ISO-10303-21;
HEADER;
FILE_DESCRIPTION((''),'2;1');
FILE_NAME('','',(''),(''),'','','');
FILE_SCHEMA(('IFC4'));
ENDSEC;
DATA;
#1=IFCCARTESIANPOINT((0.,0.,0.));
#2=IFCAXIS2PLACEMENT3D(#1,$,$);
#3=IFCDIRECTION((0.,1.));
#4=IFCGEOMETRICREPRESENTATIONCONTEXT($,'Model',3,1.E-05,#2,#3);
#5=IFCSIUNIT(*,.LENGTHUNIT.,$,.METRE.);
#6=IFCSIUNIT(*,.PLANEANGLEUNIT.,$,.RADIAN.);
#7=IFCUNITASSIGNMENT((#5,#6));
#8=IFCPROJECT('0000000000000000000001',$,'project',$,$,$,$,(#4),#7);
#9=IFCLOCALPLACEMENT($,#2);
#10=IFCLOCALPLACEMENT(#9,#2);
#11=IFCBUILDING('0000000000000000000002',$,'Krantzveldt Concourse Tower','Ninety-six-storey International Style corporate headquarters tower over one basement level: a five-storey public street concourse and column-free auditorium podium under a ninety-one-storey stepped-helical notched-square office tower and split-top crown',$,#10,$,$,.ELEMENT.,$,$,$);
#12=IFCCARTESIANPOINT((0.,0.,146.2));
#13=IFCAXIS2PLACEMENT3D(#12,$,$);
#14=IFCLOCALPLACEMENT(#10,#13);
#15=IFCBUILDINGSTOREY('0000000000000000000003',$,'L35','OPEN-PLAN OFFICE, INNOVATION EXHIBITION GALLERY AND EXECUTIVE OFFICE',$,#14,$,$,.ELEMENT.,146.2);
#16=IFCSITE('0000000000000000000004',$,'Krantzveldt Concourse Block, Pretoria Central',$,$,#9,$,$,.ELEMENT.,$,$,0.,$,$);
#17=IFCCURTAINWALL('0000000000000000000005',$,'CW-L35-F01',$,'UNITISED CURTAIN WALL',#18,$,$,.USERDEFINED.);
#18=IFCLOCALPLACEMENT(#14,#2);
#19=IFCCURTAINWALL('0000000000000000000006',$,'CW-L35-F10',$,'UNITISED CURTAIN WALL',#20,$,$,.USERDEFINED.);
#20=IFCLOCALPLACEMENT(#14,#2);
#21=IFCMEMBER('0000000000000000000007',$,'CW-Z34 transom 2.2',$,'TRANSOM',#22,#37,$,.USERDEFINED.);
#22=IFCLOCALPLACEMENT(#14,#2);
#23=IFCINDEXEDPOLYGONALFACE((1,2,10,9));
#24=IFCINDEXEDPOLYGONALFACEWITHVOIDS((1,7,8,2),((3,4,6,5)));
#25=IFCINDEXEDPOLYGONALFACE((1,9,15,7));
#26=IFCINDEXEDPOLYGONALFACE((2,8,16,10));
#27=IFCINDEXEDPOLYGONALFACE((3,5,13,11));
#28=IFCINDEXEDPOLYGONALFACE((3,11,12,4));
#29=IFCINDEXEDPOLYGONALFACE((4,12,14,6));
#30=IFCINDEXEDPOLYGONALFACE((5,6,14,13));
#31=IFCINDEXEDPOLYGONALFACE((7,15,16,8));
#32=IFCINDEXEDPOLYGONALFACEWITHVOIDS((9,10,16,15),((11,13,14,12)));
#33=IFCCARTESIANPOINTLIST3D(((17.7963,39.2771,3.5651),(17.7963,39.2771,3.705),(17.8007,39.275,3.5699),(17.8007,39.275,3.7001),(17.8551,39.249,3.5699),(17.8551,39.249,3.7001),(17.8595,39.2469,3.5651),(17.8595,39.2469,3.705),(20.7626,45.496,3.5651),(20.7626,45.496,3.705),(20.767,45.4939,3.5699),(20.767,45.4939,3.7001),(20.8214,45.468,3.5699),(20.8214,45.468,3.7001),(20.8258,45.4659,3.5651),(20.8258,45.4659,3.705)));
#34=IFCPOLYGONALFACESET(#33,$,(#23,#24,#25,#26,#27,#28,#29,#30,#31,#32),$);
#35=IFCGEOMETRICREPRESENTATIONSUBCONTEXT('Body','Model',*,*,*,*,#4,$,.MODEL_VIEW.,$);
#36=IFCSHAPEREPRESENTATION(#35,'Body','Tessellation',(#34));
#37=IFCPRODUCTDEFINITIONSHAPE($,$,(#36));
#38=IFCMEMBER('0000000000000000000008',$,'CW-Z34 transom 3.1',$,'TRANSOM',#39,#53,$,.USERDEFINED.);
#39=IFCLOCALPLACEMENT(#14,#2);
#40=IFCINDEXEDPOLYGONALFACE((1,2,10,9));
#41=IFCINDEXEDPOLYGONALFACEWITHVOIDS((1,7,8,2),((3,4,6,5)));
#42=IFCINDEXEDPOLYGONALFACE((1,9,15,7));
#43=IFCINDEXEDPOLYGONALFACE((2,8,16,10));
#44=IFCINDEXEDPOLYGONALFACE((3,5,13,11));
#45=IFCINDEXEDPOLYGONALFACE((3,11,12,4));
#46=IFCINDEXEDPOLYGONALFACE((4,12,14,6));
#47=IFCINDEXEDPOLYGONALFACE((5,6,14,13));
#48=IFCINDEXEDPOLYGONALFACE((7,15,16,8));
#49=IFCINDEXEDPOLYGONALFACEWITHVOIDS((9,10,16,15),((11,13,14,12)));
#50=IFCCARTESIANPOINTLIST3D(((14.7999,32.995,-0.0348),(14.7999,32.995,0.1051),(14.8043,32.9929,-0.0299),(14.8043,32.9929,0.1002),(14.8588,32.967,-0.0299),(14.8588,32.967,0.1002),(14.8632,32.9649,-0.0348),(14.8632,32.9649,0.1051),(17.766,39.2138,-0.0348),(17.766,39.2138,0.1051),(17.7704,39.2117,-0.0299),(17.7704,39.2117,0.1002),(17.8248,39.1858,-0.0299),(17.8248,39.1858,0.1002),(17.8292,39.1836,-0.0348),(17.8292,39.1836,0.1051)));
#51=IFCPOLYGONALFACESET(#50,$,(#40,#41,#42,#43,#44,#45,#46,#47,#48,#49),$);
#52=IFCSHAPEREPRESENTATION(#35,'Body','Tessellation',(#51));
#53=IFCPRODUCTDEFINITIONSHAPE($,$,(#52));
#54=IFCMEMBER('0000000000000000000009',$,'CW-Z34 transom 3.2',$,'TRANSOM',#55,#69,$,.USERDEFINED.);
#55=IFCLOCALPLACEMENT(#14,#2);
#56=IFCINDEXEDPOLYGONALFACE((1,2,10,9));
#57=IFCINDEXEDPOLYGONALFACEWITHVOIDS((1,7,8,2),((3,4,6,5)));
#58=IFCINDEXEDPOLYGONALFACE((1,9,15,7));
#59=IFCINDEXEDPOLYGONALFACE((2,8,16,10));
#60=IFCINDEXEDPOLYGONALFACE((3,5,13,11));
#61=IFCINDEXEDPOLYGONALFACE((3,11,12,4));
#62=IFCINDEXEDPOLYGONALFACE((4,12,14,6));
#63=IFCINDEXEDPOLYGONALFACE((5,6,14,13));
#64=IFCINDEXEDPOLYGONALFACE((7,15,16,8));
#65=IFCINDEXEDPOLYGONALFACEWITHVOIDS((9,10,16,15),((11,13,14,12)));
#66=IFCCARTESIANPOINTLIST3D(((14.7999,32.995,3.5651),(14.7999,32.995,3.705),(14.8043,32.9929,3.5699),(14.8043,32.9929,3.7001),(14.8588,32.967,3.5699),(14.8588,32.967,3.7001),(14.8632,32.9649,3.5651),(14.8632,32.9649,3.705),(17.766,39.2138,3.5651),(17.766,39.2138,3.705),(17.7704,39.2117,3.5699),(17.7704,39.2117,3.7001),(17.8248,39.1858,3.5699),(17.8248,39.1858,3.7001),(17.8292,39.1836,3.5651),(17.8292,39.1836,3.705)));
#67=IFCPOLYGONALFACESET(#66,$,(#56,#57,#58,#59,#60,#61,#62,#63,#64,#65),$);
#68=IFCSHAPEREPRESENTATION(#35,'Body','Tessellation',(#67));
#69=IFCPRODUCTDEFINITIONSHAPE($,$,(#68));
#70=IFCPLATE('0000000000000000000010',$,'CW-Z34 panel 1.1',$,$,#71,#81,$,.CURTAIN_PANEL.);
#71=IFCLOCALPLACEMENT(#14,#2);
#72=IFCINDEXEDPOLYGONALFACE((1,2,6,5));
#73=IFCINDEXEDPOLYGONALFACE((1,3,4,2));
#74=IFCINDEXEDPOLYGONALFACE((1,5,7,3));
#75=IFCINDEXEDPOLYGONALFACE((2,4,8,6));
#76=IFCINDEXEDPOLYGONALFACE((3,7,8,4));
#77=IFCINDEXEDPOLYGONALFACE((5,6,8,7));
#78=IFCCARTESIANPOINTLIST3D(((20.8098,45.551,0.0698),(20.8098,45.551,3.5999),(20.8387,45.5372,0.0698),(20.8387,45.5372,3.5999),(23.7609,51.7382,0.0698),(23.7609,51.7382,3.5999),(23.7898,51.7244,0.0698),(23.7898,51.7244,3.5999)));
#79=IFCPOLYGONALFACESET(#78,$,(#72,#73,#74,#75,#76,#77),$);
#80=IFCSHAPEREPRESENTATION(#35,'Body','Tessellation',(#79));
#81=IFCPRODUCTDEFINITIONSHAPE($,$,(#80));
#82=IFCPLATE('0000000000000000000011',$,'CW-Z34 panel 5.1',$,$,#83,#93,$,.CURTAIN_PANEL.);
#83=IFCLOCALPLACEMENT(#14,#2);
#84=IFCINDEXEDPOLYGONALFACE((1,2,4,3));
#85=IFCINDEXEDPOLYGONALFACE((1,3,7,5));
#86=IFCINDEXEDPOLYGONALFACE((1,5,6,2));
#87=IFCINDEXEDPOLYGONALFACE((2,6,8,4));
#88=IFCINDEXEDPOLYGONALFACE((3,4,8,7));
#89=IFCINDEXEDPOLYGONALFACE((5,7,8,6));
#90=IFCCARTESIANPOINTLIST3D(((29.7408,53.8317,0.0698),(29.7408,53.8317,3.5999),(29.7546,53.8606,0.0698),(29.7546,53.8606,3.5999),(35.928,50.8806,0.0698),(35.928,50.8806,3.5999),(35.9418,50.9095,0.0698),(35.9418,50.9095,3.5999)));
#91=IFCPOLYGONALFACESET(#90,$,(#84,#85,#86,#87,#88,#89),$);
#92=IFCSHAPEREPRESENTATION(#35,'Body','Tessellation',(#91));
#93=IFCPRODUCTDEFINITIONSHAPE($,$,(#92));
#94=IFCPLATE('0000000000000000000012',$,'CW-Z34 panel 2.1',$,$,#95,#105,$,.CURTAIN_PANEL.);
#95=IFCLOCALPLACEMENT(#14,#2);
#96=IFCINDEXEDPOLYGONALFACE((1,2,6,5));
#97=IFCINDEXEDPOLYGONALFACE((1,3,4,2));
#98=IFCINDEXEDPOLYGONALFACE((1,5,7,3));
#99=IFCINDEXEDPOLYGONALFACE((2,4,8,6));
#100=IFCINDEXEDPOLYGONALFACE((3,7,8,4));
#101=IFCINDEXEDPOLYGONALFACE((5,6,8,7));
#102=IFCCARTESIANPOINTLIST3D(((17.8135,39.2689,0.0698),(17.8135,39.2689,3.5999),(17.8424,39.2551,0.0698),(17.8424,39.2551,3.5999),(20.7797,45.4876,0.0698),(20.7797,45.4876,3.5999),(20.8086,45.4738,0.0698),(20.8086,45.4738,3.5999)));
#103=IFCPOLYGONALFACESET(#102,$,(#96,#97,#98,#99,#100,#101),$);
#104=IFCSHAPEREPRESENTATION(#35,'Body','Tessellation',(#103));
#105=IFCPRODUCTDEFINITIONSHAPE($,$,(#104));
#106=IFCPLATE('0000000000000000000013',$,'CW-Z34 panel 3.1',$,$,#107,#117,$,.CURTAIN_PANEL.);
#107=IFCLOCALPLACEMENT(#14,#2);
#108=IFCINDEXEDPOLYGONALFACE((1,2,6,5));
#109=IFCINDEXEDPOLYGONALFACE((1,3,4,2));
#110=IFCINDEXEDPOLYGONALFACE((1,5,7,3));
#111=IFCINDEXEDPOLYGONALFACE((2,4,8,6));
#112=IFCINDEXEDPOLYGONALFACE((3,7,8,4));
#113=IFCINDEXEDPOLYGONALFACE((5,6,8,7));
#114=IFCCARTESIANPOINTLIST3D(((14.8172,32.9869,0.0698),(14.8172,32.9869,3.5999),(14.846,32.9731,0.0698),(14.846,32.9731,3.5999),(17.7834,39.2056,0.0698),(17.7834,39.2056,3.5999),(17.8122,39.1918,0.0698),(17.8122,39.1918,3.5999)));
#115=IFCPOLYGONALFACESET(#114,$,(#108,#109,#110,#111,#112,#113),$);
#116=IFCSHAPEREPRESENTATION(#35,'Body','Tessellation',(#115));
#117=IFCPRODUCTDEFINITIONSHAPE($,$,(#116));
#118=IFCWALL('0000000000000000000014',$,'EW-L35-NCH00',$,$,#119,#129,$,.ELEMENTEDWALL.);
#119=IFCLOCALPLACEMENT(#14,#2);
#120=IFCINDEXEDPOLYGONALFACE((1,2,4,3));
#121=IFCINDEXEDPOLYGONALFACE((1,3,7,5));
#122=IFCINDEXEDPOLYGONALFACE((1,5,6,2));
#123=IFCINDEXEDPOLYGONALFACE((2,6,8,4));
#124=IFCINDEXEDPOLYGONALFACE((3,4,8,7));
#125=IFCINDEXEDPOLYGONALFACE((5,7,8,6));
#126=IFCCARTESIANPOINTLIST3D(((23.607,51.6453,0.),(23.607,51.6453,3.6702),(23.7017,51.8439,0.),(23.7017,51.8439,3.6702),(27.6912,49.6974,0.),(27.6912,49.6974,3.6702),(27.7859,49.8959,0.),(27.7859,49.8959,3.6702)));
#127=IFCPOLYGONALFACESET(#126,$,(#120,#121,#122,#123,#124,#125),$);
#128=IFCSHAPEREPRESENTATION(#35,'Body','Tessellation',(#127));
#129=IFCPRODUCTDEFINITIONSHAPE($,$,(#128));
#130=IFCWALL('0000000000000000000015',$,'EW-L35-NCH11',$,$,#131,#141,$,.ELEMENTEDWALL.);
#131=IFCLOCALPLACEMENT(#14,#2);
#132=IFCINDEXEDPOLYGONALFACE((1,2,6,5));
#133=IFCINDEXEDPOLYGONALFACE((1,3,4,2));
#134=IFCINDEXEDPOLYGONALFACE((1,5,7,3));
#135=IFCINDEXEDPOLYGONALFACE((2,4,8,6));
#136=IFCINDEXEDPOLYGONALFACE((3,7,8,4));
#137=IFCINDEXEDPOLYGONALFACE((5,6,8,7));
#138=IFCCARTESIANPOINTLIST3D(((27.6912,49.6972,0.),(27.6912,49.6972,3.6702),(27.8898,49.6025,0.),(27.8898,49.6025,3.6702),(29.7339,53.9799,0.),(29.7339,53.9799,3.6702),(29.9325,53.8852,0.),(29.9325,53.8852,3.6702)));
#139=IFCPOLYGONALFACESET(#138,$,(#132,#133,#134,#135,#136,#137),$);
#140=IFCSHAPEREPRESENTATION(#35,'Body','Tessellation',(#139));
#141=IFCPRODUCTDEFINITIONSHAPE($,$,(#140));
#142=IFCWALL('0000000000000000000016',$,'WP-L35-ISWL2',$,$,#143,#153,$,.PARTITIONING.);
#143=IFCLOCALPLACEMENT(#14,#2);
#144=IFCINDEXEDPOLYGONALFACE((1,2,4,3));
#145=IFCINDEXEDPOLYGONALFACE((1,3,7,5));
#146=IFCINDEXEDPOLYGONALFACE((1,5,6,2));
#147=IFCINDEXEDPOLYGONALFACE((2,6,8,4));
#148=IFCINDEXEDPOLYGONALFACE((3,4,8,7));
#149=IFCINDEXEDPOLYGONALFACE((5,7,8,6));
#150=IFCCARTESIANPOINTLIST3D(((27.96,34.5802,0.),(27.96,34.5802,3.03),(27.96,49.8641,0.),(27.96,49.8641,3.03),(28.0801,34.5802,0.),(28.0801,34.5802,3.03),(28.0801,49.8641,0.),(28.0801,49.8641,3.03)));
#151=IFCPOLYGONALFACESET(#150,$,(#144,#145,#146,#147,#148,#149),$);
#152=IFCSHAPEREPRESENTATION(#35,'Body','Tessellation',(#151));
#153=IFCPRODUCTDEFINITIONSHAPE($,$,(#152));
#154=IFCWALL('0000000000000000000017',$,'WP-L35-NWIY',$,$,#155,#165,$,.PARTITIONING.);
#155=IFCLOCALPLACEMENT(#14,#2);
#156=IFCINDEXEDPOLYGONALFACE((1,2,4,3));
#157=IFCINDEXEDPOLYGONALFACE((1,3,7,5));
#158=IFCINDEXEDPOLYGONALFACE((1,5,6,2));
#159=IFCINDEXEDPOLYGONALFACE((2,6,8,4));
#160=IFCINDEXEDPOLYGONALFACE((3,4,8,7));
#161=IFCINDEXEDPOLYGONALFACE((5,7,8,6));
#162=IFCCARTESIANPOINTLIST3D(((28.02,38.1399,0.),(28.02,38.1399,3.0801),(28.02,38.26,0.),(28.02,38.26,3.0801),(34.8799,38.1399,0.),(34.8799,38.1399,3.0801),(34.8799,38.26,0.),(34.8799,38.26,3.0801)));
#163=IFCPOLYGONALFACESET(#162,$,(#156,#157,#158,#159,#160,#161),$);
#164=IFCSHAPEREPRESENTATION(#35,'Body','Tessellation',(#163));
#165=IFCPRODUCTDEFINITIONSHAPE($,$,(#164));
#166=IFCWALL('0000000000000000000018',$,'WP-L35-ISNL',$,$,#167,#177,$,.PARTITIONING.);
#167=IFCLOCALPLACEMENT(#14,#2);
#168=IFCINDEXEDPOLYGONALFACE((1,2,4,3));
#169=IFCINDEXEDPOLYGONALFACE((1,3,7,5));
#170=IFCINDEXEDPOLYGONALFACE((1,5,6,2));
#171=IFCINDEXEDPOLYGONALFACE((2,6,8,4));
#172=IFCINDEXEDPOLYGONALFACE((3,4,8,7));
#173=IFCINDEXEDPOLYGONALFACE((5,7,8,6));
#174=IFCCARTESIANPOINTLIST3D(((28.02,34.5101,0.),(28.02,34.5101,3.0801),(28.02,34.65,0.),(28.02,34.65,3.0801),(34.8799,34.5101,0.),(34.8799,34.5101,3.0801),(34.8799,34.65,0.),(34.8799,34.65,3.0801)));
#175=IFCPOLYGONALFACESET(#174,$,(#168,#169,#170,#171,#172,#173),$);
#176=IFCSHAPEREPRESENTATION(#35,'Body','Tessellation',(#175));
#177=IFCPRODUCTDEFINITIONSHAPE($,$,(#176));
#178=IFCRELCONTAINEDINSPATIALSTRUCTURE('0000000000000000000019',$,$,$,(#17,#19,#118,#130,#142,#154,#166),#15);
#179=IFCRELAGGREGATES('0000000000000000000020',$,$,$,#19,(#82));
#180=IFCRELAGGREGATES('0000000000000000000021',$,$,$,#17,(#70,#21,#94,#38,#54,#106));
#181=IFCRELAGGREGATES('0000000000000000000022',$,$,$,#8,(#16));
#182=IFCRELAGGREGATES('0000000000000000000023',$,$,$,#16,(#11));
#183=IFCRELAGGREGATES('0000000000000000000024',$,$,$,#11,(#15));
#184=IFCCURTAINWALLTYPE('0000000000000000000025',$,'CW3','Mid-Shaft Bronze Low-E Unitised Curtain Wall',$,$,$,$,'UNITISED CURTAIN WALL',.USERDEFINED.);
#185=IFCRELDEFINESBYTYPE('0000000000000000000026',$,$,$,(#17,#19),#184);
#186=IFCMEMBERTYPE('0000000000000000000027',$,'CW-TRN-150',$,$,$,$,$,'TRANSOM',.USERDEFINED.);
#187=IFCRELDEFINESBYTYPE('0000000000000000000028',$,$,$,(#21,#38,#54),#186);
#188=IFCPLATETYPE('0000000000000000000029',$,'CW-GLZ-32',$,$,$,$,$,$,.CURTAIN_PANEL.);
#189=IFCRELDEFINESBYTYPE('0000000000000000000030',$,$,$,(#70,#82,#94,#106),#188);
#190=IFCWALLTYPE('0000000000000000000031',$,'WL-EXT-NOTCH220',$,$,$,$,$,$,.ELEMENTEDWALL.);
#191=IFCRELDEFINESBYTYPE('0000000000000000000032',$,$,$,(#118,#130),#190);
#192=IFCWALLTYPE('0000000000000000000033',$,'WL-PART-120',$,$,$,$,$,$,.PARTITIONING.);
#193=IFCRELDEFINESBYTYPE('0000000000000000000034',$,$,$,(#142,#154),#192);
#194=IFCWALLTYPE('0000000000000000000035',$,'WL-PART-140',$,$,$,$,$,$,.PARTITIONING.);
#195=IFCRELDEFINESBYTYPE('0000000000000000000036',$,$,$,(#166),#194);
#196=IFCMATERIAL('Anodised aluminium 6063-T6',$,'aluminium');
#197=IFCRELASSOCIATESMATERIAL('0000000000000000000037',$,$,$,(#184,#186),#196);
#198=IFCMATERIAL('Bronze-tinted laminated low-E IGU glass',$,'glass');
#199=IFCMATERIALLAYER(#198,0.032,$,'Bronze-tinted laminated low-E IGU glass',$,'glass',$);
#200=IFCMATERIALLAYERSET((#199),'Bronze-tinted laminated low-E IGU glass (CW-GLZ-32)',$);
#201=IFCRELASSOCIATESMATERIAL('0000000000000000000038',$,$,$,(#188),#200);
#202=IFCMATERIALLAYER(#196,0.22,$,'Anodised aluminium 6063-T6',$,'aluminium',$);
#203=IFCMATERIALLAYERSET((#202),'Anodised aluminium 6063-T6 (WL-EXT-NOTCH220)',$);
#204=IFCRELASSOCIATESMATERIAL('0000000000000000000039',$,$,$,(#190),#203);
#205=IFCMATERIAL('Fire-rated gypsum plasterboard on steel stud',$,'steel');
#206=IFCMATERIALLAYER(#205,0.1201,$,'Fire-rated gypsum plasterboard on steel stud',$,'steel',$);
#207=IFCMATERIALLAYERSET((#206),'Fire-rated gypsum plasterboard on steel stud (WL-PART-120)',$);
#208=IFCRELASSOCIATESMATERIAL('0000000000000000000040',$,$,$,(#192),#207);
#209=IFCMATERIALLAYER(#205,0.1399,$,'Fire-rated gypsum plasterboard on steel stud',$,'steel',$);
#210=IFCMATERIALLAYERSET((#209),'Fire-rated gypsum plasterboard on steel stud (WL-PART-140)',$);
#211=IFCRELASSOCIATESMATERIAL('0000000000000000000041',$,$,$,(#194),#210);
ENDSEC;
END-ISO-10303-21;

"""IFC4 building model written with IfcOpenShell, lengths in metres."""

from ifc_helpers import new_model, si_unit, direction, frame, frame_2d, origin, origin_2d, place, context, subcontext, project, spatial, rectangle, hollow_rectangle, extrude, source, transform, mapped, material, layer, layer_set, material_profile, profile_set, type_object, type_shapes, element, aggregate, save


model = new_model("IFC4")

# Units and contexts
model_context = context("Model", 3, precision=1e-05, world=origin(), true_north=direction((0.0, 1.0)))
body_context = subcontext(model_context, "Body", "Model", "MODEL_VIEW")
ifc_project = project(units=[si_unit("LENGTHUNIT", "METRE"), si_unit("PLANEANGLEUNIT", "RADIAN")], contexts=[model_context])

# Site, building, storey
site_placement = place(None, origin())
site = spatial("IfcSite", under=ifc_project, at=site_placement, Name="Krantzveldt Concourse Block, Pretoria Central", CompositionType="ELEMENT", RefElevation=0.0)
building_placement = place(site_placement, origin())
building = spatial("IfcBuilding", under=site, at=building_placement, Name="Krantzveldt Concourse Tower", Description="Ninety-six-storey International Style corporate headquarters tower over one basement level: a five-storey public street concourse and column-free auditorium podium under a ninety-one-storey stepped-helical notched-square office tower and split-top crown", CompositionType="ELEMENT")
storey_placement = place(building_placement, frame((0.0, 0.0, 146.2)))
storey = spatial("IfcBuildingStorey", under=building, at=storey_placement, Name="L35", Description="OPEN-PLAN OFFICE, INNOVATION EXHIBITION GALLERY AND EXECUTIVE OFFICE", CompositionType="ELEMENT", Elevation=146.2)

# Curtain wall
ifc_material_1 = material(Name="Anodised aluminium 6063-T6", Category="aluminium")
curtain_wall_type = type_object("IfcCurtainWallType", Name="CW3", Description="Mid-Shaft Bronze Low-E Unitised Curtain Wall", ElementType="UNITISED CURTAIN WALL", PredefinedType="USERDEFINED", material=ifc_material_1)
curtain_wall_1_placement = place(storey_placement, origin())
curtain_wall_1 = element("IfcCurtainWall", 1, at=curtain_wall_1_placement, inside=storey, type_object=curtain_wall_type, Name="CW-L35-F01", ObjectType="UNITISED CURTAIN WALL", PredefinedType="USERDEFINED")

# Curtain wall
curtain_wall_2_placement = place(storey_placement, origin())
curtain_wall_2 = element("IfcCurtainWall", 2, at=curtain_wall_2_placement, inside=storey, type_object=curtain_wall_type, Name="CW-L35-F10", ObjectType="UNITISED CURTAIN WALL", PredefinedType="USERDEFINED")

# Members
ifc_material_profile_1 = material_profile(ifc_material_1, hollow_rectangle(XDim=0.0701, YDim=0.1399, WallThickness=0.0049, at=origin_2d()), Name="Anodised aluminium 6063-T6", Category="aluminium")
ifc_profile_set_1 = profile_set([ifc_material_profile_1], Name="Anodised aluminium 6063-T6 - ALU-TRAN 140x70x5")
member_type_1 = type_object("IfcMemberType", Name="CW-TRN-150", ElementType="TRANSOM", PredefinedType="USERDEFINED", material=ifc_profile_set_1)
shared_shape_1 = source(origin(), body_context, "Body", "SweptSolid", [
    extrude(hollow_rectangle(XDim=0.0701, YDim=0.1399, WallThickness=0.0049, at=origin_2d()), origin(), (0.0, 0.0, 1.0), 6.8901),
])
member_1_placement = place(storey_placement, frame((20.7942, 45.481, 3.635), z_axis=(-0.430511, -0.902585, 0.0), x_axis=(0.902585, -0.430511, 0.0)))
member_1 = element("IfcMember", 3, at=member_1_placement, type_object=member_type_1, Name="CW-Z34 transom 2.2", ObjectType="TRANSOM", PredefinedType="USERDEFINED", context=body_context, shape_type="MappedRepresentation", body=[
    mapped(shared_shape_1, transform((0.0, 0.0, 0.0), x_axis=(1.0, 0.0, 0.0), y_axis=(0.0, 1.0, 0.0), z_axis=(0.0, 0.0, 1.0), scale=1.0)),
])
shared_shape_2 = source(origin(), body_context, "Body", "SweptSolid", [
    extrude(hollow_rectangle(XDim=0.0701, YDim=0.1399, WallThickness=0.0049, at=origin_2d()), origin(), (0.0, 0.0, 1.0), 6.8899),
])
member_2_placement = place(storey_placement, frame((17.7976, 39.1987, 0.0352), z_axis=(-0.430496, -0.902592, 0.0), x_axis=(0.902592, -0.430496, 0.0)))
member_2 = element("IfcMember", 4, at=member_2_placement, type_object=member_type_1, Name="CW-Z34 transom 3.1", ObjectType="TRANSOM", PredefinedType="USERDEFINED", context=body_context, shape_type="MappedRepresentation", body=[
    mapped(shared_shape_2, transform((0.0, 0.0, 0.0), x_axis=(1.0, 0.0, 0.0), y_axis=(0.0, 1.0, 0.0), z_axis=(0.0, 0.0, 1.0), scale=1.0)),
])
member_3_placement = place(storey_placement, frame((17.7976, 39.1987, 3.635), z_axis=(-0.430496, -0.902592, 0.0), x_axis=(0.902592, -0.430496, 0.0)))
member_3 = element("IfcMember", 5, at=member_3_placement, type_object=member_type_1, Name="CW-Z34 transom 3.2", ObjectType="TRANSOM", PredefinedType="USERDEFINED", context=body_context, shape_type="MappedRepresentation", body=[
    mapped(shared_shape_2, transform((0.0, 0.0, 0.0), x_axis=(1.0, 0.0, 0.0), y_axis=(0.0, 1.0, 0.0), z_axis=(0.0, 0.0, 1.0), scale=1.0)),
])

# Plates
ifc_material_2 = material(Name="Bronze-tinted laminated low-E IGU glass", Category="glass")
ifc_layer_1 = layer(ifc_material_2, 0.032, Name="Bronze-tinted laminated low-E IGU glass", Category="glass")
ifc_layer_set_1 = layer_set([ifc_layer_1], Name="Bronze-tinted laminated low-E IGU glass (CW-GLZ-32)")
plate_type = type_object("IfcPlateType", Name="CW-GLZ-32", PredefinedType="CURTAIN_PANEL", material=ifc_layer_set_1)
shared_shape_3 = source(origin(), body_context, "Body", "SweptSolid", [
    extrude(rectangle(XDim=6.855, YDim=0.032, at=origin_2d()), origin(), (0.0, 0.0, 1.0), 3.53),
])
plate_1_placement = place(storey_placement, frame((22.2998, 48.6377, 0.0698), z_axis=(0.0, 0.0, 1.0), x_axis=(-0.430511, -0.902585, 0.0)))
plate_1 = element("IfcPlate", 6, at=plate_1_placement, type_object=plate_type, Name="CW-Z34 panel 1.1", PredefinedType="CURTAIN_PANEL", context=body_context, shape_type="MappedRepresentation", body=[
    mapped(shared_shape_3, transform((0.0, 0.0, 0.0), x_axis=(1.0, 0.0, 0.0), y_axis=(0.0, 1.0, 0.0), z_axis=(0.0, 0.0, 1.0), scale=1.0)),
])
plate_2_placement = place(storey_placement, frame((32.8413, 52.3706, 0.0698), z_axis=(0.0, 0.0, 1.0), x_axis=(-0.902585, 0.430511, 0.0)))
plate_2 = element("IfcPlate", 7, at=plate_2_placement, type_object=plate_type, Name="CW-Z34 panel 5.1", PredefinedType="CURTAIN_PANEL", context=body_context, shape_type="MappedRepresentation", body=[
    mapped(shared_shape_3, transform((0.0, 0.0, 0.0), x_axis=(1.0, 0.0, 0.0), y_axis=(0.0, 1.0, 0.0), z_axis=(0.0, 0.0, 1.0), scale=1.0)),
])
aggregate(curtain_wall_2, [plate_2])
shared_shape_4 = source(origin(), body_context, "Body", "SweptSolid", [
    extrude(rectangle(XDim=6.8899, YDim=0.032, at=origin_2d()), origin(), (0.0, 0.0, 1.0), 3.53),
])
type_shapes(plate_type, [shared_shape_3, shared_shape_4])
plate_3_placement = place(storey_placement, frame((19.311, 42.3713, 0.0698), z_axis=(0.0, 0.0, 1.0), x_axis=(-0.430511, -0.902585, 0.0)))
plate_3 = element("IfcPlate", 8, at=plate_3_placement, type_object=plate_type, Name="CW-Z34 panel 2.1", PredefinedType="CURTAIN_PANEL", context=body_context, shape_type="MappedRepresentation", body=[
    mapped(shared_shape_4, transform((0.0, 0.0, 0.0), x_axis=(1.0, 0.0, 0.0), y_axis=(0.0, 1.0, 0.0), z_axis=(0.0, 0.0, 1.0), scale=1.0)),
])
plate_4_placement = place(storey_placement, frame((16.3147, 36.0894, 0.0698), z_axis=(0.0, 0.0, 1.0), x_axis=(-0.430511, -0.902585, 0.0)))
plate_4 = element("IfcPlate", 9, at=plate_4_placement, type_object=plate_type, Name="CW-Z34 panel 3.1", PredefinedType="CURTAIN_PANEL", context=body_context, shape_type="MappedRepresentation", body=[
    mapped(shared_shape_4, transform((0.0, 0.0, 0.0), x_axis=(1.0, 0.0, 0.0), y_axis=(0.0, 1.0, 0.0), z_axis=(0.0, 0.0, 1.0), scale=1.0)),
])
aggregate(curtain_wall_1, [plate_1, member_1, plate_3, member_2, member_3, plate_4])

# Walls
ifc_layer_2 = layer(ifc_material_1, 0.22, Name="Anodised aluminium 6063-T6", Category="aluminium")
ifc_layer_set_2 = layer_set([ifc_layer_2], Name="Anodised aluminium 6063-T6 (WL-EXT-NOTCH220)")
wall_type_1 = type_object("IfcWallType", Name="WL-EXT-NOTCH220", PredefinedType="ELEMENTEDWALL", material=ifc_layer_set_2)
wall_1_placement = place(storey_placement, frame((27.7385, 49.7966, 0.0), z_axis=(0.0, 0.0, 1.0), x_axis=(-0.902592, 0.430497, 0.0)))
element("IfcWall", 10, at=wall_1_placement, inside=storey, type_object=wall_type_1, Name="EW-L35-NCH00", PredefinedType="ELEMENTEDWALL", context=body_context, shape_type="SweptSolid", body=[
    extrude(rectangle(XDim=4.5249, YDim=0.22, at=frame_2d((2.2625, 0.0))), origin(), (0.0, 0.0, 1.0), 3.6702),
])
wall_2_placement = place(storey_placement, frame((29.8333, 53.9326, 0.0), z_axis=(0.0, 0.0, 1.0), x_axis=(-0.430507, -0.902587, 0.0)))
element("IfcWall", 11, at=wall_2_placement, inside=storey, type_object=wall_type_1, Name="EW-L35-NCH11", PredefinedType="ELEMENTEDWALL", context=body_context, shape_type="SweptSolid", body=[
    extrude(rectangle(XDim=4.7449, YDim=0.22, at=frame_2d((2.3726, 0.0))), origin(), (0.0, 0.0, 1.0), 3.6702),
])
ifc_material_3 = material(Name="Fire-rated gypsum plasterboard on steel stud", Category="steel")
ifc_layer_3 = layer(ifc_material_3, 0.1201, Name="Fire-rated gypsum plasterboard on steel stud", Category="steel")
ifc_layer_set_3 = layer_set([ifc_layer_3], Name="Fire-rated gypsum plasterboard on steel stud (WL-PART-120)")
wall_type_2 = type_object("IfcWallType", Name="WL-PART-120", PredefinedType="PARTITIONING", material=ifc_layer_set_3)
wall_3_placement = place(storey_placement, frame((28.02, 34.5801, 0.0), z_axis=(0.0, 0.0, 1.0), x_axis=(0.0, 1.0, 0.0)))
element("IfcWall", 12, at=wall_3_placement, inside=storey, type_object=wall_type_2, Name="WP-L35-ISWL2", PredefinedType="PARTITIONING", context=body_context, shape_type="SweptSolid", body=[
    extrude(rectangle(XDim=15.2839, YDim=0.1201, at=frame_2d((7.6421, 0.0))), origin(), (0.0, 0.0, 1.0), 3.03),
])
wall_4_placement = place(storey_placement, frame((28.02, 38.2, 0.0), z_axis=(0.0, 0.0, 1.0), x_axis=(1.0, 0.0, 0.0)))
element("IfcWall", 13, at=wall_4_placement, inside=storey, type_object=wall_type_2, Name="WP-L35-NWIY", PredefinedType="PARTITIONING", context=body_context, shape_type="SweptSolid", body=[
    extrude(rectangle(XDim=6.8599, YDim=0.1201, at=frame_2d((3.4299, 0.0))), origin(), (0.0, 0.0, 1.0), 3.0801),
])
ifc_layer_4 = layer(ifc_material_3, 0.1399, Name="Fire-rated gypsum plasterboard on steel stud", Category="steel")
ifc_layer_set_4 = layer_set([ifc_layer_4], Name="Fire-rated gypsum plasterboard on steel stud (WL-PART-140)")
wall_type_3 = type_object("IfcWallType", Name="WL-PART-140", PredefinedType="PARTITIONING", material=ifc_layer_set_4)
wall_5_placement = place(storey_placement, frame((28.02, 34.5801, 0.0), z_axis=(0.0, 0.0, 1.0), x_axis=(1.0, 0.0, 0.0)))
element("IfcWall", 14, at=wall_5_placement, inside=storey, type_object=wall_type_3, Name="WP-L35-ISNL", PredefinedType="PARTITIONING", context=body_context, shape_type="SweptSolid", body=[
    extrude(rectangle(XDim=6.8599, YDim=0.1399, at=frame_2d((3.4299, 0.0))), origin(), (0.0, 0.0, 1.0), 3.0801),
])

save(model, "model.ifc")
